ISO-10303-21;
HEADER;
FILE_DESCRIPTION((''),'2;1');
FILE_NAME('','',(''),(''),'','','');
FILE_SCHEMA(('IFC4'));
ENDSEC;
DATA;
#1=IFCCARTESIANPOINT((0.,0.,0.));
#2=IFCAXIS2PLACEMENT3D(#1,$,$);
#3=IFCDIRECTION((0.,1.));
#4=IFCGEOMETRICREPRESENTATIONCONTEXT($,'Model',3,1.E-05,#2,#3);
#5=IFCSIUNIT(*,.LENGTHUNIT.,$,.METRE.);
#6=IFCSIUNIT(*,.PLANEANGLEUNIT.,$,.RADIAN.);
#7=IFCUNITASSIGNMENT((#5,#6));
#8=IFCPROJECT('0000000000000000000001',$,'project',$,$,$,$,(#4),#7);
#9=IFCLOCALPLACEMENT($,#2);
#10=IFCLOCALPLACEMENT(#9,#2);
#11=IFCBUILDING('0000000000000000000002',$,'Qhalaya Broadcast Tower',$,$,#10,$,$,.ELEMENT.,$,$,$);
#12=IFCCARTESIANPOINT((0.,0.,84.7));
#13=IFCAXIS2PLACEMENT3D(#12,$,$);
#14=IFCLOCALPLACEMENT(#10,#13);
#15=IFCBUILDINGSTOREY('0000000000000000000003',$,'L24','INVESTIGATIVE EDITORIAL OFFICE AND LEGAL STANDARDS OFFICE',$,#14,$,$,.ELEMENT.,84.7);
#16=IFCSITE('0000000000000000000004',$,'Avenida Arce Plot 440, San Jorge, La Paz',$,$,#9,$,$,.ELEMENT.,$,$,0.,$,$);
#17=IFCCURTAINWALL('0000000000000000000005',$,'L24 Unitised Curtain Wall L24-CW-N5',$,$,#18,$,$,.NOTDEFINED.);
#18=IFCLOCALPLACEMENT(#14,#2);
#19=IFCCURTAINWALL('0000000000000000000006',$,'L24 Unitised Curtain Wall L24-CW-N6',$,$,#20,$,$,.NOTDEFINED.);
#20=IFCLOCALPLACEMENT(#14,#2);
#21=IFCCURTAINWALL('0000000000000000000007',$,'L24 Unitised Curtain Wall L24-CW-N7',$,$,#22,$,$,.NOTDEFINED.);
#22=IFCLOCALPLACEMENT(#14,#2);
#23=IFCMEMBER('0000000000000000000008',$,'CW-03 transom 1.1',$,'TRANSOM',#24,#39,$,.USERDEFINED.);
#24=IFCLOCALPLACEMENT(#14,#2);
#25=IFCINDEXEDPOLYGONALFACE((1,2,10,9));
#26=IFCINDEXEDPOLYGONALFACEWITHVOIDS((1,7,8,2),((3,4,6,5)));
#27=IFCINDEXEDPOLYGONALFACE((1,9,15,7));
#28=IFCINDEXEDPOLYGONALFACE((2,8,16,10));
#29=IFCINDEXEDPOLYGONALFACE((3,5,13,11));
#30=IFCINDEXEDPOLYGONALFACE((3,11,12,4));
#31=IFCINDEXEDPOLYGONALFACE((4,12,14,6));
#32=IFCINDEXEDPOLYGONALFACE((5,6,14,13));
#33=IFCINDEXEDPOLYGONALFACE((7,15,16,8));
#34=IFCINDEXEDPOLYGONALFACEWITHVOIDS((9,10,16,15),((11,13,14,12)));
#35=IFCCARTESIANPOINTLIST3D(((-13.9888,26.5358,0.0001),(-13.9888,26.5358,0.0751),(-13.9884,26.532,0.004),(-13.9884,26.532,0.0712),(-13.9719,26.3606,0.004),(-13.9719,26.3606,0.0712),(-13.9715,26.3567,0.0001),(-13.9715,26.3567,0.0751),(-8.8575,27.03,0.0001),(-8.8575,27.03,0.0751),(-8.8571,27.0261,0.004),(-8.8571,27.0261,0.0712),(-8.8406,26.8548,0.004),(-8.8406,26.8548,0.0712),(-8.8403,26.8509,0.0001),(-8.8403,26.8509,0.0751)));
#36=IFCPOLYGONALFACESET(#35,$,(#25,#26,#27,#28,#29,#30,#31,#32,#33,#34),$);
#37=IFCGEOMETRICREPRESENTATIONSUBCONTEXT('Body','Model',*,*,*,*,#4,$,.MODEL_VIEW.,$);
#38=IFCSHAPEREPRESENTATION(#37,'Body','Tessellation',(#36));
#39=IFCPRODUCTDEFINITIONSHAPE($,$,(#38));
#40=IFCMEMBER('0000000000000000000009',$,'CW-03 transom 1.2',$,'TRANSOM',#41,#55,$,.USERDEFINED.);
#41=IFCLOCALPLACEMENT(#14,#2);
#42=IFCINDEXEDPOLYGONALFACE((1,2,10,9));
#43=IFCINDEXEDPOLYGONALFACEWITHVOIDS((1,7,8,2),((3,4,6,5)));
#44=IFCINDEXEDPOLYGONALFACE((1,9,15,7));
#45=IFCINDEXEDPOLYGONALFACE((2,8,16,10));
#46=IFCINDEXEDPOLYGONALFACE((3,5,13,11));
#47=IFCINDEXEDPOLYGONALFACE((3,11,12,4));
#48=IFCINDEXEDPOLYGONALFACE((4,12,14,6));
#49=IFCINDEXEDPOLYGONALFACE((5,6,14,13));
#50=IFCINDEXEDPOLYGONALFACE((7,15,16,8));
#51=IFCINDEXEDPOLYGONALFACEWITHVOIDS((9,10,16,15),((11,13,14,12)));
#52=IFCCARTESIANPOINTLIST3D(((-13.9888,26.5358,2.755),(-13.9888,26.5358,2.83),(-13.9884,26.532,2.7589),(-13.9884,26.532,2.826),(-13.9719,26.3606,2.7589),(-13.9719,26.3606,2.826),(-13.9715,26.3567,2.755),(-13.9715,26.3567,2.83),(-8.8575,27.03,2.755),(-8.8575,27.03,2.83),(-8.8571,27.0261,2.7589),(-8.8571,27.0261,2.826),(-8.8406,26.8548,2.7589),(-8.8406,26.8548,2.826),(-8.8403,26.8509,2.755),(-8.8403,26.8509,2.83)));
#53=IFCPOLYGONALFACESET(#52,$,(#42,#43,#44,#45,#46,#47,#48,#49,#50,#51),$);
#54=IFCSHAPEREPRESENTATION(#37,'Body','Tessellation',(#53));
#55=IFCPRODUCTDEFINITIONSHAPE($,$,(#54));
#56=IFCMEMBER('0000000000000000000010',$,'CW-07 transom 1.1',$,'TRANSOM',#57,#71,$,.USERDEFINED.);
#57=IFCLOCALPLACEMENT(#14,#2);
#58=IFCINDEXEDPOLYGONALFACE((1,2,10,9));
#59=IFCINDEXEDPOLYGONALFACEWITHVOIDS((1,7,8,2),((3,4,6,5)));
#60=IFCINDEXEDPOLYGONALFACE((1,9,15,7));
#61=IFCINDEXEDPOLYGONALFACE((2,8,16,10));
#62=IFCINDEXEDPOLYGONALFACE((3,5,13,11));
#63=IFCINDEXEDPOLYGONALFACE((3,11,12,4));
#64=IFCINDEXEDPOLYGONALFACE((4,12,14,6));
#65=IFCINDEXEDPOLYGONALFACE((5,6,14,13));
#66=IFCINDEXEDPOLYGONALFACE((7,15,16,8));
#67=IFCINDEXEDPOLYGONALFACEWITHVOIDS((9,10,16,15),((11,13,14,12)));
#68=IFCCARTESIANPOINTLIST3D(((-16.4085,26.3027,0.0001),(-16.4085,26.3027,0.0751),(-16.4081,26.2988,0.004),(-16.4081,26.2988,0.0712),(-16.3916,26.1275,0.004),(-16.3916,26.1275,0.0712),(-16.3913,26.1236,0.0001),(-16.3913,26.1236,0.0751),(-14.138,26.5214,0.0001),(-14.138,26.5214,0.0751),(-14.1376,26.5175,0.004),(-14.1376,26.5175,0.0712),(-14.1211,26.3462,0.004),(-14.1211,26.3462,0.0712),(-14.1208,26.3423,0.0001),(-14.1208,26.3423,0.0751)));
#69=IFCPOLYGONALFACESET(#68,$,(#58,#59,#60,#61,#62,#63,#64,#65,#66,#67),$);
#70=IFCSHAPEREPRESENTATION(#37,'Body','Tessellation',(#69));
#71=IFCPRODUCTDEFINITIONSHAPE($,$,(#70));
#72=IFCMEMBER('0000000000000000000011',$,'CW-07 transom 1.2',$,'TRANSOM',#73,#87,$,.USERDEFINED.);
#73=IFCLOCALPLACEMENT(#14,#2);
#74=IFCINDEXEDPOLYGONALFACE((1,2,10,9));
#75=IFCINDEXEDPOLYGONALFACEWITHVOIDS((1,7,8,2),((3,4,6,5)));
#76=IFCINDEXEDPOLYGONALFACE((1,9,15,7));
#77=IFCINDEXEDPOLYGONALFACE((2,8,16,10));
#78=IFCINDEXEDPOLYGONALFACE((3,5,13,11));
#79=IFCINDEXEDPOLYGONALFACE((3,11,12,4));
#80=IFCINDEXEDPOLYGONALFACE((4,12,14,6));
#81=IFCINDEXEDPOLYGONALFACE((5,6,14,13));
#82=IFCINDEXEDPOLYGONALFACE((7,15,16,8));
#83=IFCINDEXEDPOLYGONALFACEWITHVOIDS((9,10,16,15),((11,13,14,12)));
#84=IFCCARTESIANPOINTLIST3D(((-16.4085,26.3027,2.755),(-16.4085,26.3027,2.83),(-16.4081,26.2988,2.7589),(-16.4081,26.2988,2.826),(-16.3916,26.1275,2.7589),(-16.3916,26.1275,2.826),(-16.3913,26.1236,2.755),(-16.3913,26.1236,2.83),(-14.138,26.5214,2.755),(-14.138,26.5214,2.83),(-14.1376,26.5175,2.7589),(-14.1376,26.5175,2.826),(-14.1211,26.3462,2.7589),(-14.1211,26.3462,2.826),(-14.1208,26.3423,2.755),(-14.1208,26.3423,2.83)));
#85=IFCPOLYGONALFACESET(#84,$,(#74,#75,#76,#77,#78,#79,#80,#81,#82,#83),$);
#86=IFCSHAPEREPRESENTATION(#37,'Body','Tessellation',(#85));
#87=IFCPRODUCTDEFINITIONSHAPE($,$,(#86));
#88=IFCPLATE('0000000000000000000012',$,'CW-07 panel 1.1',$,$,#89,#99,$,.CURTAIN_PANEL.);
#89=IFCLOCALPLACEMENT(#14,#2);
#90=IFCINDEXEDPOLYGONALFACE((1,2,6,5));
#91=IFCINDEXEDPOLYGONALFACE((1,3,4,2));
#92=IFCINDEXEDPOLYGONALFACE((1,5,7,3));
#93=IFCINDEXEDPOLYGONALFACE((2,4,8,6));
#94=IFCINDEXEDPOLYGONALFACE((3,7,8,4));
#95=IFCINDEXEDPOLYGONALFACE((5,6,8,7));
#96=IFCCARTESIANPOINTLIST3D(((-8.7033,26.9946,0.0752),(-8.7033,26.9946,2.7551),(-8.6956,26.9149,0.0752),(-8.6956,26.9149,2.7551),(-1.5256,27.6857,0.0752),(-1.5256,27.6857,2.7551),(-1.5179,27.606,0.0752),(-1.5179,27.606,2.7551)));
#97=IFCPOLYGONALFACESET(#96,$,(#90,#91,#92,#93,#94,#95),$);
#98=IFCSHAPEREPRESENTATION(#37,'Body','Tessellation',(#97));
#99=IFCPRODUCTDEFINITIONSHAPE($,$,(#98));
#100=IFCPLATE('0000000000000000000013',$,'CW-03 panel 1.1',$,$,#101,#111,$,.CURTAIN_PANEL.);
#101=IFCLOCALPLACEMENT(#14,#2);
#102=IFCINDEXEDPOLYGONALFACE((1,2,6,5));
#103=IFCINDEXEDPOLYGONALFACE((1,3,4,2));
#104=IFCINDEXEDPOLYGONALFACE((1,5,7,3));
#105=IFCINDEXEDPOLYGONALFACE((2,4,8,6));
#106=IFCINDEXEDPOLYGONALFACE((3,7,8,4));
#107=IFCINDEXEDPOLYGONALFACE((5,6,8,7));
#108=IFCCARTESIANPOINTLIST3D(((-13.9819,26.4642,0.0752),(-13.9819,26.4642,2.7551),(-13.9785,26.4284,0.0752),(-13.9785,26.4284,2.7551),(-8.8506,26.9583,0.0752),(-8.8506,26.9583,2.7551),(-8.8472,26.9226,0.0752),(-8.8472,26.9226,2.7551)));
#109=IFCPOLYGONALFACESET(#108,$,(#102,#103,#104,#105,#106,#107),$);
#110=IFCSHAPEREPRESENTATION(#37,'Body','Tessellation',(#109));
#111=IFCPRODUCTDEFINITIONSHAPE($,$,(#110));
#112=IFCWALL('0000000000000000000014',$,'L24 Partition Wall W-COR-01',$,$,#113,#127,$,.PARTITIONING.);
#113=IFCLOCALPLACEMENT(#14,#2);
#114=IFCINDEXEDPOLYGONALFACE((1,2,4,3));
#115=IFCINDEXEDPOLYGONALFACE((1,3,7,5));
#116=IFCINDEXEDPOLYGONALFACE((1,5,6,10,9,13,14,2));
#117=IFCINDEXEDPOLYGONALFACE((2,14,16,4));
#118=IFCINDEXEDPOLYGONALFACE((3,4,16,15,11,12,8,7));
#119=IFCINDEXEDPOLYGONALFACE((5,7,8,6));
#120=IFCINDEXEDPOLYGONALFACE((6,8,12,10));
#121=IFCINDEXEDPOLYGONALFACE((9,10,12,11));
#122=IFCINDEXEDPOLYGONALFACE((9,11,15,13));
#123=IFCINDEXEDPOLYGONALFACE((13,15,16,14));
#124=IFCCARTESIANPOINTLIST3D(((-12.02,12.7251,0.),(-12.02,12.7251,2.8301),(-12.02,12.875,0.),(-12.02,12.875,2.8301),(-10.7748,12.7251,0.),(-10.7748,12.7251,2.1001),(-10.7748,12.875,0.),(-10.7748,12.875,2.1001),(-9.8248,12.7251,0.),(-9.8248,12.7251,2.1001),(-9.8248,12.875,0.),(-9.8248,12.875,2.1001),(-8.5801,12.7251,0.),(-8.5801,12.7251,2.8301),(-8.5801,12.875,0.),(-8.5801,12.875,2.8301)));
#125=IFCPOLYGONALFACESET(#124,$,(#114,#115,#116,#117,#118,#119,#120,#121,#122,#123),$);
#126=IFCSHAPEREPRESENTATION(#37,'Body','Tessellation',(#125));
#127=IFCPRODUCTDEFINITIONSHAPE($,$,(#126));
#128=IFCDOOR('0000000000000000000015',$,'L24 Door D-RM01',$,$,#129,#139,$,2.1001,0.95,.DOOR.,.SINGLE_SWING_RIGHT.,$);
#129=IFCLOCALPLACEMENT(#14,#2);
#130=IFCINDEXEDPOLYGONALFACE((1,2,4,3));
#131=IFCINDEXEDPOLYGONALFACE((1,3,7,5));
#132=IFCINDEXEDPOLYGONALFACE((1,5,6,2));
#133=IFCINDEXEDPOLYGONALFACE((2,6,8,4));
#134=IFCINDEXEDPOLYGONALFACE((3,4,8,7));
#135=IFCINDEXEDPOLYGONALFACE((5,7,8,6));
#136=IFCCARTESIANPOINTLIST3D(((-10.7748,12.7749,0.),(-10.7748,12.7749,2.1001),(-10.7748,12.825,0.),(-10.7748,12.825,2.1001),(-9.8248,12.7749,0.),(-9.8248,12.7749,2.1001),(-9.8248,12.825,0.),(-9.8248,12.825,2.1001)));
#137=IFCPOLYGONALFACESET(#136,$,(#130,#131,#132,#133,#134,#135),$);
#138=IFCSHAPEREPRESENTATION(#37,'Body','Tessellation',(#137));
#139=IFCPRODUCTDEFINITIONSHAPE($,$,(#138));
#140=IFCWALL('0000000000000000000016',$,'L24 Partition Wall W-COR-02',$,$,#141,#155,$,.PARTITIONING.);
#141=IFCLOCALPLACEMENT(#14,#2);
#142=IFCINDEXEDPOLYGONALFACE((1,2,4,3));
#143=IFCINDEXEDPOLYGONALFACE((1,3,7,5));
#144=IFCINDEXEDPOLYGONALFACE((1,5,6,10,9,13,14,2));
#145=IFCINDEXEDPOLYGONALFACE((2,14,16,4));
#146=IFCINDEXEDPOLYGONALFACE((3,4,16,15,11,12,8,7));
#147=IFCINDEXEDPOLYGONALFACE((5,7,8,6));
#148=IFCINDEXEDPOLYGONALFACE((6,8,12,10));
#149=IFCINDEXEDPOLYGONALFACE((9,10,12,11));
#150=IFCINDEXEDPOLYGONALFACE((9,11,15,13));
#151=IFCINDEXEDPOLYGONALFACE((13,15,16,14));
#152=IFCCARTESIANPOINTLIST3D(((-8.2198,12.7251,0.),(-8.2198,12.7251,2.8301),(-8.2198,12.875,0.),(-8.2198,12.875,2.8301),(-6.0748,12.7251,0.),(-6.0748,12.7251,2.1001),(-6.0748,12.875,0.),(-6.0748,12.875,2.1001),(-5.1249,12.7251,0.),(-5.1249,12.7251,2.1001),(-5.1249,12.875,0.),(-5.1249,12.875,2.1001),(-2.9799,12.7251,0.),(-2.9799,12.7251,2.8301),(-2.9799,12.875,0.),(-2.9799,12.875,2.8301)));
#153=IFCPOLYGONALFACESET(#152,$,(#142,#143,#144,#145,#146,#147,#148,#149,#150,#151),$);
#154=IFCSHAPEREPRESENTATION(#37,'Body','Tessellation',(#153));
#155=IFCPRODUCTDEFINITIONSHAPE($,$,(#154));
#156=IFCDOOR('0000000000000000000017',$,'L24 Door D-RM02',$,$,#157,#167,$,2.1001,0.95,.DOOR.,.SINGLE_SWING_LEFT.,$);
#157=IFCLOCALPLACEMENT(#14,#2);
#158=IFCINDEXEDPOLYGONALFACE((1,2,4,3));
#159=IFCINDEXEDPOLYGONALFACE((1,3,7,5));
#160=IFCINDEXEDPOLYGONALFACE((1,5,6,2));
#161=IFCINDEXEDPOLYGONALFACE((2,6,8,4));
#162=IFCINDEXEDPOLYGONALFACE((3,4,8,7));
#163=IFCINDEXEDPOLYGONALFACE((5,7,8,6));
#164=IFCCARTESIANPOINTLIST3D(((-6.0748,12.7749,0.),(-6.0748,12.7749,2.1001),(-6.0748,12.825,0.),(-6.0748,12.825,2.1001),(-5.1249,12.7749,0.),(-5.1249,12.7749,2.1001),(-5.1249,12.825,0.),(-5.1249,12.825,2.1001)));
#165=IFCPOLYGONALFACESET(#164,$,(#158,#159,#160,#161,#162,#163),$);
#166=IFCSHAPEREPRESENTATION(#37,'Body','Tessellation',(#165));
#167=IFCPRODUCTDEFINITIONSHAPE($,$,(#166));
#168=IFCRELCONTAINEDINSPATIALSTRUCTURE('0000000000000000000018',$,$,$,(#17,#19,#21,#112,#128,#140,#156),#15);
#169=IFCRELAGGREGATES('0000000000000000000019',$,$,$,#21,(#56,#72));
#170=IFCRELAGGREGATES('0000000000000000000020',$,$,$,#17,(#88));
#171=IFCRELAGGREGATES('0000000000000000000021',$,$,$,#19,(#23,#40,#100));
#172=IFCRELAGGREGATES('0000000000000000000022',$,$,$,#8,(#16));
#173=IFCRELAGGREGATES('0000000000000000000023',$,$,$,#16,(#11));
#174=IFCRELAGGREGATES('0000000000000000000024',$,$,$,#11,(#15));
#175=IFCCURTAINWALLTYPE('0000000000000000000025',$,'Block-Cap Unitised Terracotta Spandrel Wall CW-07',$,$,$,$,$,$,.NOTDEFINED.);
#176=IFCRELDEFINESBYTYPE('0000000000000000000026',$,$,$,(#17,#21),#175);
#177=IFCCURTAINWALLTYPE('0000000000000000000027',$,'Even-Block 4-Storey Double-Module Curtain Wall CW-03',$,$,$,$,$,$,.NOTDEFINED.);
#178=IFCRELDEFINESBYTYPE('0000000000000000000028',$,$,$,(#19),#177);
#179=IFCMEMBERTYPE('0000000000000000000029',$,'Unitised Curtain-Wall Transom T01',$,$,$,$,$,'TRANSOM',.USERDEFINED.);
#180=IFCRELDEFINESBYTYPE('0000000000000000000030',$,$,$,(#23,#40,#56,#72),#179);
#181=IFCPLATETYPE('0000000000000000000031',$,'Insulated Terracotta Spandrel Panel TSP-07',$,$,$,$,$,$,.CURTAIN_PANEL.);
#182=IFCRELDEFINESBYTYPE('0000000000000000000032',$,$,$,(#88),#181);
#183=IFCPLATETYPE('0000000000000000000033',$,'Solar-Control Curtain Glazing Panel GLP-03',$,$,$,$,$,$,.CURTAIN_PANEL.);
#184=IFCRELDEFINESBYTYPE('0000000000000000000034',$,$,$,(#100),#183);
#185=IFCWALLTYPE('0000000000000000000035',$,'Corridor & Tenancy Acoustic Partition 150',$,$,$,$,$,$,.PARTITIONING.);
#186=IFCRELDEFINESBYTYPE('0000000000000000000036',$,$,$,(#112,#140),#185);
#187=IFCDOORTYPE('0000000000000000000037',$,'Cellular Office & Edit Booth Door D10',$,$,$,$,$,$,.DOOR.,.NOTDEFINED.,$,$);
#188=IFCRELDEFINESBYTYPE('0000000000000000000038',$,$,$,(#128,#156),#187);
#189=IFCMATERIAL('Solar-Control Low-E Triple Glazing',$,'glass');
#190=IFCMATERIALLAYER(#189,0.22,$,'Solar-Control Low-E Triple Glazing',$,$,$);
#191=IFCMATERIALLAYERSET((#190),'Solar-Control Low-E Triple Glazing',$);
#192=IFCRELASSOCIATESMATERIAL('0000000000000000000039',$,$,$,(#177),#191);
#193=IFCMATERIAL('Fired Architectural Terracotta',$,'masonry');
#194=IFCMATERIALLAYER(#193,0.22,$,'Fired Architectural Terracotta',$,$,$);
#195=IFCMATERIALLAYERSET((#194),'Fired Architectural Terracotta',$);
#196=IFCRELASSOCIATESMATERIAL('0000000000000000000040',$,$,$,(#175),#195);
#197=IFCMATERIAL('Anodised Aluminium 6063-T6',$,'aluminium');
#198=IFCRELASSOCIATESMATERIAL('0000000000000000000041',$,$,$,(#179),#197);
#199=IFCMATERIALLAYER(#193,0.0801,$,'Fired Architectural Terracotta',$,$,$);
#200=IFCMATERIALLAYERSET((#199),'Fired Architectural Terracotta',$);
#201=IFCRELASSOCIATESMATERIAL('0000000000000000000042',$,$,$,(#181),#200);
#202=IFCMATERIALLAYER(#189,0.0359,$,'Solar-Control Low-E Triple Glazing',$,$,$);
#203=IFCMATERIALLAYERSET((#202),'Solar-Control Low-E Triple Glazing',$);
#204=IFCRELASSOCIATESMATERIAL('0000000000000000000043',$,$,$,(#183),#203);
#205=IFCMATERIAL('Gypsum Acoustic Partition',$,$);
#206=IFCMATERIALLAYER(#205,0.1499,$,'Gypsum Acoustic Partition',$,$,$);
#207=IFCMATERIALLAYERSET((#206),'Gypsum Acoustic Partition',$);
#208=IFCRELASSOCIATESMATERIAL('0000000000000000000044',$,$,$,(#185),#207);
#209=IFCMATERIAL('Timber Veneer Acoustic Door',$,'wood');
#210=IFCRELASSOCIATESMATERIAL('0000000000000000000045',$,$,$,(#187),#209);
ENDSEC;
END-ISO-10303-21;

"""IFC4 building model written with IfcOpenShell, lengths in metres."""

from ifc_helpers import new_model, si_unit, direction, frame, frame_2d, origin, origin_2d, place, context, subcontext, project, spatial, rectangle, hollow_rectangle, extrude, material, layer, layer_set, material_profile, profile_set, type_object, element, fill, aggregate, save


model = new_model("IFC4")

# Units and contexts
model_context = context("Model", 3, precision=1e-05, world=origin(), true_north=direction((0.0, 1.0)))
body_context = subcontext(model_context, "Body", "Model", "MODEL_VIEW")
ifc_project = project(units=[si_unit("LENGTHUNIT", "METRE"), si_unit("PLANEANGLEUNIT", "RADIAN")], contexts=[model_context])

# Site, building, storey
site_placement = place(None, origin())
site = spatial("IfcSite", under=ifc_project, at=site_placement, Name="Avenida Arce Plot 440, San Jorge, La Paz", CompositionType="ELEMENT", RefElevation=0.0)
building_placement = place(site_placement, origin())
building = spatial("IfcBuilding", under=site, at=building_placement, Name="Qhalaya Broadcast Tower", CompositionType="ELEMENT")
storey_placement = place(building_placement, frame((0.0, 0.0, 84.7)))
storey = spatial("IfcBuildingStorey", under=building, at=storey_placement, Name="L24", Description="INVESTIGATIVE EDITORIAL OFFICE AND LEGAL STANDARDS OFFICE", CompositionType="ELEMENT", Elevation=84.7)

# Shared definitions
ifc_material_1 = material(Name="Solar-Control Low-E Triple Glazing", Category="glass")
ifc_layer_1 = layer(ifc_material_1, 0.22, Name="Solar-Control Low-E Triple Glazing")
ifc_layer_set_1 = layer_set([ifc_layer_1], Name="Solar-Control Low-E Triple Glazing")
curtain_wall_type_1 = type_object("IfcCurtainWallType", Name="Even-Block 4-Storey Double-Module Curtain Wall CW-03", PredefinedType="NOTDEFINED", material=ifc_layer_set_1)
ifc_material_2 = material(Name="Anodised Aluminium 6063-T6", Category="aluminium")

# Curtain walls
ifc_material_3 = material(Name="Fired Architectural Terracotta", Category="masonry")
ifc_layer_2 = layer(ifc_material_3, 0.22, Name="Fired Architectural Terracotta")
ifc_layer_set_2 = layer_set([ifc_layer_2], Name="Fired Architectural Terracotta")
curtain_wall_type_2 = type_object("IfcCurtainWallType", Name="Block-Cap Unitised Terracotta Spandrel Wall CW-07", PredefinedType="NOTDEFINED", material=ifc_layer_set_2)
curtain_wall_1_placement = place(storey_placement, origin())
curtain_wall_1 = element("IfcCurtainWall", 1, at=curtain_wall_1_placement, inside=storey, type_object=curtain_wall_type_2, Name="L24 Unitised Curtain Wall L24-CW-N5", PredefinedType="NOTDEFINED")
curtain_wall_2_placement = place(storey_placement, origin())
curtain_wall_2 = element("IfcCurtainWall", 2, at=curtain_wall_2_placement, inside=storey, type_object=curtain_wall_type_1, Name="L24 Unitised Curtain Wall L24-CW-N6", PredefinedType="NOTDEFINED")

# Curtain wall
curtain_wall_3_placement = place(storey_placement, origin())
curtain_wall_3 = element("IfcCurtainWall", 3, at=curtain_wall_3_placement, inside=storey, type_object=curtain_wall_type_2, Name="L24 Unitised Curtain Wall L24-CW-N7", PredefinedType="NOTDEFINED")

# Members
ifc_material_profile_1 = material_profile(ifc_material_2, hollow_rectangle(XDim=0.075, YDim=0.1799, WallThickness=0.0039, at=origin_2d()), Name="ALU-TRN 75x180x4")
ifc_profile_set_1 = profile_set([ifc_material_profile_1], Name="Anodised Aluminium 6063-T6")
member_type_1 = type_object("IfcMemberType", Name="Unitised Curtain-Wall Transom T01", ElementType="TRANSOM", PredefinedType="USERDEFINED", material=ifc_profile_set_1)
member_1_placement = place(storey_placement, frame((-8.8489, 26.9404, 0.0376), z_axis=(-0.995395, -0.095855, 0.0), x_axis=(0.0, 0.0, 1.0)))
member_1 = element("IfcMember", 4, at=member_1_placement, type_object=member_type_1, Name="CW-03 transom 1.1", ObjectType="TRANSOM", PredefinedType="USERDEFINED", context=body_context, shape_type="SweptSolid", body=[
    extrude(hollow_rectangle(XDim=0.075, YDim=0.1799, WallThickness=0.0039, at=origin_2d()), origin(), (0.0, 0.0, 1.0), 5.155),
])
member_2_placement = place(storey_placement, frame((-8.8489, 26.9404, 2.7925), z_axis=(-0.995395, -0.095855, 0.0), x_axis=(0.0, 0.0, 1.0)))
member_2 = element("IfcMember", 5, at=member_2_placement, type_object=member_type_1, Name="CW-03 transom 1.2", ObjectType="TRANSOM", PredefinedType="USERDEFINED", context=body_context, shape_type="SweptSolid", body=[
    extrude(hollow_rectangle(XDim=0.075, YDim=0.1799, WallThickness=0.0039, at=origin_2d()), origin(), (0.0, 0.0, 1.0), 5.155),
])
member_3_placement = place(storey_placement, frame((-14.1294, 26.4319, 0.0376), z_axis=(-0.995391, -0.0959, 0.0), x_axis=(0.0, 0.0, 1.0)))
member_3 = element("IfcMember", 6, at=member_3_placement, type_object=member_type_1, Name="CW-07 transom 1.1", ObjectType="TRANSOM", PredefinedType="USERDEFINED", context=body_context, shape_type="SweptSolid", body=[
    extrude(hollow_rectangle(XDim=0.075, YDim=0.1799, WallThickness=0.0039, at=origin_2d()), origin(), (0.0, 0.0, 1.0), 2.281),
])
member_4_placement = place(storey_placement, frame((-14.1294, 26.4319, 2.7925), z_axis=(-0.995391, -0.0959, 0.0), x_axis=(0.0, 0.0, 1.0)))
member_4 = element("IfcMember", 7, at=member_4_placement, type_object=member_type_1, Name="CW-07 transom 1.2", ObjectType="TRANSOM", PredefinedType="USERDEFINED", context=body_context, shape_type="SweptSolid", body=[
    extrude(hollow_rectangle(XDim=0.075, YDim=0.1799, WallThickness=0.0039, at=origin_2d()), origin(), (0.0, 0.0, 1.0), 2.281),
])
aggregate(curtain_wall_3, [member_3, member_4])

# Plates
ifc_layer_3 = layer(ifc_material_3, 0.0801, Name="Fired Architectural Terracotta")
ifc_layer_set_3 = layer_set([ifc_layer_3], Name="Fired Architectural Terracotta")
plate_type_1 = type_object("IfcPlateType", Name="Insulated Terracotta Spandrel Panel TSP-07", PredefinedType="CURTAIN_PANEL", material=ifc_layer_set_3)
plate_1_placement = place(storey_placement, frame((-5.1106, 27.3003, 0.0752), z_axis=(0.0, 0.0, 1.0), x_axis=(-0.995396, -0.095843, 0.0)))
plate_1 = element("IfcPlate", 8, at=plate_1_placement, type_object=plate_type_1, Name="CW-07 panel 1.1", PredefinedType="CURTAIN_PANEL", context=body_context, shape_type="SweptSolid", body=[
    extrude(rectangle(XDim=7.2109, YDim=0.0801, at=origin_2d()), origin(), (0.0, 0.0, 1.0), 2.6799),
])
aggregate(curtain_wall_1, [plate_1])
ifc_layer_4 = layer(ifc_material_1, 0.0359, Name="Solar-Control Low-E Triple Glazing")
ifc_layer_set_4 = layer_set([ifc_layer_4], Name="Solar-Control Low-E Triple Glazing")
plate_type_2 = type_object("IfcPlateType", Name="Solar-Control Curtain Glazing Panel GLP-03", PredefinedType="CURTAIN_PANEL", material=ifc_layer_set_4)
plate_2_placement = place(storey_placement, frame((-11.4146, 26.6934, 0.0752), z_axis=(0.0, 0.0, 1.0), x_axis=(-0.995396, -0.095852, 0.0)))
plate_2 = element("IfcPlate", 9, at=plate_2_placement, type_object=plate_type_2, Name="CW-03 panel 1.1", PredefinedType="CURTAIN_PANEL", context=body_context, shape_type="SweptSolid", body=[
    extrude(rectangle(XDim=5.155, YDim=0.0359, at=origin_2d()), origin(), (0.0, 0.0, 1.0), 2.6799),
])
aggregate(curtain_wall_2, [member_1, member_2, plate_2])

# Walls, openings, doors
ifc_material_4 = material(Name="Gypsum Acoustic Partition")
ifc_layer_5 = layer(ifc_material_4, 0.1499, Name="Gypsum Acoustic Partition")
ifc_layer_set_5 = layer_set([ifc_layer_5], Name="Gypsum Acoustic Partition")
wall_type_1 = type_object("IfcWallType", Name="Corridor & Tenancy Acoustic Partition 150", PredefinedType="PARTITIONING", material=ifc_layer_set_5)
wall_1_placement = place(storey_placement, frame((-12.02, 12.8, 0.0), z_axis=(0.0, 0.0, 1.0), x_axis=(1.0, 0.0, 0.0)))
wall_1 = element("IfcWall", 10, at=wall_1_placement, inside=storey, type_object=wall_type_1, Name="L24 Partition Wall W-COR-01", PredefinedType="PARTITIONING", context=body_context, shape_type="SweptSolid", body=[
    extrude(rectangle(XDim=3.4399, YDim=0.1499, at=frame_2d((1.72, 0.0))), origin(), (0.0, 0.0, 1.0), 2.8301),
])
opening_1_placement = place(wall_1_placement, frame((1.2451, 0.0, 0.0)))
opening_1 = element("IfcOpeningElement", 11, at=opening_1_placement, cuts=wall_1, PredefinedType="OPENING", context=body_context, shape_type="SweptSolid", body=[
    extrude(rectangle(XDim=0.95, YDim=2.1001, at=frame_2d((0.4751, 1.05))), frame((0.0, 0.0869, 0.0), z_axis=(0.0, -1.0, 0.0), x_axis=(1.0, 0.0, 0.0)), (0.0, 0.0, 1.0), 0.1738),
])
ifc_material_5 = material(Name="Timber Veneer Acoustic Door", Category="wood")
door_type = type_object("IfcDoorType", Name="Cellular Office & Edit Booth Door D10", OperationType="NOTDEFINED", PredefinedType="DOOR", material=ifc_material_5)
door_1_placement = place(opening_1_placement, origin())
door_1 = element("IfcDoor", 12, at=door_1_placement, inside=storey, type_object=door_type, Name="L24 Door D-RM01", OperationType="SINGLE_SWING_RIGHT", OverallHeight=2.1001, OverallWidth=0.95, PredefinedType="DOOR", context=body_context, shape_type="SweptSolid", body=[
    extrude(rectangle(XDim=0.95, YDim=2.1001, at=frame_2d((0.4751, 1.05))), frame((0.0, 0.0249, 0.0), z_axis=(0.0, -1.0, 0.0), x_axis=(1.0, 0.0, 0.0)), (0.0, 0.0, 1.0), 0.05),
])
fill(opening_1, door_1)
wall_2_placement = place(storey_placement, frame((-8.22, 12.8, 0.0), z_axis=(0.0, 0.0, 1.0), x_axis=(1.0, 0.0, 0.0)))
wall_2 = element("IfcWall", 13, at=wall_2_placement, inside=storey, type_object=wall_type_1, Name="L24 Partition Wall W-COR-02", PredefinedType="PARTITIONING", context=body_context, shape_type="SweptSolid", body=[
    extrude(rectangle(XDim=5.24, YDim=0.1499, at=frame_2d((2.6201, 0.0))), origin(), (0.0, 0.0, 1.0), 2.8301),
])
opening_2_placement = place(wall_2_placement, frame((2.145, 0.0, 0.0)))
opening_2 = element("IfcOpeningElement", 14, at=opening_2_placement, cuts=wall_2, PredefinedType="OPENING", context=body_context, shape_type="SweptSolid", body=[
    extrude(rectangle(XDim=0.95, YDim=2.1001, at=frame_2d((0.4751, 1.05))), frame((0.0, 0.0869, 0.0), z_axis=(0.0, -1.0, 0.0), x_axis=(1.0, 0.0, 0.0)), (0.0, 0.0, 1.0), 0.1738),
])
door_2_placement = place(opening_2_placement, origin())
door_2 = element("IfcDoor", 15, at=door_2_placement, inside=storey, type_object=door_type, Name="L24 Door D-RM02", OperationType="SINGLE_SWING_LEFT", OverallHeight=2.1001, OverallWidth=0.95, PredefinedType="DOOR", context=body_context, shape_type="SweptSolid", body=[
    extrude(rectangle(XDim=0.95, YDim=2.1001, at=frame_2d((0.4751, 1.05))), frame((0.0, 0.0249, 0.0), z_axis=(0.0, -1.0, 0.0), x_axis=(1.0, 0.0, 0.0)), (0.0, 0.0, 1.0), 0.05),
])
fill(opening_2, door_2)

save(model, "model.ifc")
